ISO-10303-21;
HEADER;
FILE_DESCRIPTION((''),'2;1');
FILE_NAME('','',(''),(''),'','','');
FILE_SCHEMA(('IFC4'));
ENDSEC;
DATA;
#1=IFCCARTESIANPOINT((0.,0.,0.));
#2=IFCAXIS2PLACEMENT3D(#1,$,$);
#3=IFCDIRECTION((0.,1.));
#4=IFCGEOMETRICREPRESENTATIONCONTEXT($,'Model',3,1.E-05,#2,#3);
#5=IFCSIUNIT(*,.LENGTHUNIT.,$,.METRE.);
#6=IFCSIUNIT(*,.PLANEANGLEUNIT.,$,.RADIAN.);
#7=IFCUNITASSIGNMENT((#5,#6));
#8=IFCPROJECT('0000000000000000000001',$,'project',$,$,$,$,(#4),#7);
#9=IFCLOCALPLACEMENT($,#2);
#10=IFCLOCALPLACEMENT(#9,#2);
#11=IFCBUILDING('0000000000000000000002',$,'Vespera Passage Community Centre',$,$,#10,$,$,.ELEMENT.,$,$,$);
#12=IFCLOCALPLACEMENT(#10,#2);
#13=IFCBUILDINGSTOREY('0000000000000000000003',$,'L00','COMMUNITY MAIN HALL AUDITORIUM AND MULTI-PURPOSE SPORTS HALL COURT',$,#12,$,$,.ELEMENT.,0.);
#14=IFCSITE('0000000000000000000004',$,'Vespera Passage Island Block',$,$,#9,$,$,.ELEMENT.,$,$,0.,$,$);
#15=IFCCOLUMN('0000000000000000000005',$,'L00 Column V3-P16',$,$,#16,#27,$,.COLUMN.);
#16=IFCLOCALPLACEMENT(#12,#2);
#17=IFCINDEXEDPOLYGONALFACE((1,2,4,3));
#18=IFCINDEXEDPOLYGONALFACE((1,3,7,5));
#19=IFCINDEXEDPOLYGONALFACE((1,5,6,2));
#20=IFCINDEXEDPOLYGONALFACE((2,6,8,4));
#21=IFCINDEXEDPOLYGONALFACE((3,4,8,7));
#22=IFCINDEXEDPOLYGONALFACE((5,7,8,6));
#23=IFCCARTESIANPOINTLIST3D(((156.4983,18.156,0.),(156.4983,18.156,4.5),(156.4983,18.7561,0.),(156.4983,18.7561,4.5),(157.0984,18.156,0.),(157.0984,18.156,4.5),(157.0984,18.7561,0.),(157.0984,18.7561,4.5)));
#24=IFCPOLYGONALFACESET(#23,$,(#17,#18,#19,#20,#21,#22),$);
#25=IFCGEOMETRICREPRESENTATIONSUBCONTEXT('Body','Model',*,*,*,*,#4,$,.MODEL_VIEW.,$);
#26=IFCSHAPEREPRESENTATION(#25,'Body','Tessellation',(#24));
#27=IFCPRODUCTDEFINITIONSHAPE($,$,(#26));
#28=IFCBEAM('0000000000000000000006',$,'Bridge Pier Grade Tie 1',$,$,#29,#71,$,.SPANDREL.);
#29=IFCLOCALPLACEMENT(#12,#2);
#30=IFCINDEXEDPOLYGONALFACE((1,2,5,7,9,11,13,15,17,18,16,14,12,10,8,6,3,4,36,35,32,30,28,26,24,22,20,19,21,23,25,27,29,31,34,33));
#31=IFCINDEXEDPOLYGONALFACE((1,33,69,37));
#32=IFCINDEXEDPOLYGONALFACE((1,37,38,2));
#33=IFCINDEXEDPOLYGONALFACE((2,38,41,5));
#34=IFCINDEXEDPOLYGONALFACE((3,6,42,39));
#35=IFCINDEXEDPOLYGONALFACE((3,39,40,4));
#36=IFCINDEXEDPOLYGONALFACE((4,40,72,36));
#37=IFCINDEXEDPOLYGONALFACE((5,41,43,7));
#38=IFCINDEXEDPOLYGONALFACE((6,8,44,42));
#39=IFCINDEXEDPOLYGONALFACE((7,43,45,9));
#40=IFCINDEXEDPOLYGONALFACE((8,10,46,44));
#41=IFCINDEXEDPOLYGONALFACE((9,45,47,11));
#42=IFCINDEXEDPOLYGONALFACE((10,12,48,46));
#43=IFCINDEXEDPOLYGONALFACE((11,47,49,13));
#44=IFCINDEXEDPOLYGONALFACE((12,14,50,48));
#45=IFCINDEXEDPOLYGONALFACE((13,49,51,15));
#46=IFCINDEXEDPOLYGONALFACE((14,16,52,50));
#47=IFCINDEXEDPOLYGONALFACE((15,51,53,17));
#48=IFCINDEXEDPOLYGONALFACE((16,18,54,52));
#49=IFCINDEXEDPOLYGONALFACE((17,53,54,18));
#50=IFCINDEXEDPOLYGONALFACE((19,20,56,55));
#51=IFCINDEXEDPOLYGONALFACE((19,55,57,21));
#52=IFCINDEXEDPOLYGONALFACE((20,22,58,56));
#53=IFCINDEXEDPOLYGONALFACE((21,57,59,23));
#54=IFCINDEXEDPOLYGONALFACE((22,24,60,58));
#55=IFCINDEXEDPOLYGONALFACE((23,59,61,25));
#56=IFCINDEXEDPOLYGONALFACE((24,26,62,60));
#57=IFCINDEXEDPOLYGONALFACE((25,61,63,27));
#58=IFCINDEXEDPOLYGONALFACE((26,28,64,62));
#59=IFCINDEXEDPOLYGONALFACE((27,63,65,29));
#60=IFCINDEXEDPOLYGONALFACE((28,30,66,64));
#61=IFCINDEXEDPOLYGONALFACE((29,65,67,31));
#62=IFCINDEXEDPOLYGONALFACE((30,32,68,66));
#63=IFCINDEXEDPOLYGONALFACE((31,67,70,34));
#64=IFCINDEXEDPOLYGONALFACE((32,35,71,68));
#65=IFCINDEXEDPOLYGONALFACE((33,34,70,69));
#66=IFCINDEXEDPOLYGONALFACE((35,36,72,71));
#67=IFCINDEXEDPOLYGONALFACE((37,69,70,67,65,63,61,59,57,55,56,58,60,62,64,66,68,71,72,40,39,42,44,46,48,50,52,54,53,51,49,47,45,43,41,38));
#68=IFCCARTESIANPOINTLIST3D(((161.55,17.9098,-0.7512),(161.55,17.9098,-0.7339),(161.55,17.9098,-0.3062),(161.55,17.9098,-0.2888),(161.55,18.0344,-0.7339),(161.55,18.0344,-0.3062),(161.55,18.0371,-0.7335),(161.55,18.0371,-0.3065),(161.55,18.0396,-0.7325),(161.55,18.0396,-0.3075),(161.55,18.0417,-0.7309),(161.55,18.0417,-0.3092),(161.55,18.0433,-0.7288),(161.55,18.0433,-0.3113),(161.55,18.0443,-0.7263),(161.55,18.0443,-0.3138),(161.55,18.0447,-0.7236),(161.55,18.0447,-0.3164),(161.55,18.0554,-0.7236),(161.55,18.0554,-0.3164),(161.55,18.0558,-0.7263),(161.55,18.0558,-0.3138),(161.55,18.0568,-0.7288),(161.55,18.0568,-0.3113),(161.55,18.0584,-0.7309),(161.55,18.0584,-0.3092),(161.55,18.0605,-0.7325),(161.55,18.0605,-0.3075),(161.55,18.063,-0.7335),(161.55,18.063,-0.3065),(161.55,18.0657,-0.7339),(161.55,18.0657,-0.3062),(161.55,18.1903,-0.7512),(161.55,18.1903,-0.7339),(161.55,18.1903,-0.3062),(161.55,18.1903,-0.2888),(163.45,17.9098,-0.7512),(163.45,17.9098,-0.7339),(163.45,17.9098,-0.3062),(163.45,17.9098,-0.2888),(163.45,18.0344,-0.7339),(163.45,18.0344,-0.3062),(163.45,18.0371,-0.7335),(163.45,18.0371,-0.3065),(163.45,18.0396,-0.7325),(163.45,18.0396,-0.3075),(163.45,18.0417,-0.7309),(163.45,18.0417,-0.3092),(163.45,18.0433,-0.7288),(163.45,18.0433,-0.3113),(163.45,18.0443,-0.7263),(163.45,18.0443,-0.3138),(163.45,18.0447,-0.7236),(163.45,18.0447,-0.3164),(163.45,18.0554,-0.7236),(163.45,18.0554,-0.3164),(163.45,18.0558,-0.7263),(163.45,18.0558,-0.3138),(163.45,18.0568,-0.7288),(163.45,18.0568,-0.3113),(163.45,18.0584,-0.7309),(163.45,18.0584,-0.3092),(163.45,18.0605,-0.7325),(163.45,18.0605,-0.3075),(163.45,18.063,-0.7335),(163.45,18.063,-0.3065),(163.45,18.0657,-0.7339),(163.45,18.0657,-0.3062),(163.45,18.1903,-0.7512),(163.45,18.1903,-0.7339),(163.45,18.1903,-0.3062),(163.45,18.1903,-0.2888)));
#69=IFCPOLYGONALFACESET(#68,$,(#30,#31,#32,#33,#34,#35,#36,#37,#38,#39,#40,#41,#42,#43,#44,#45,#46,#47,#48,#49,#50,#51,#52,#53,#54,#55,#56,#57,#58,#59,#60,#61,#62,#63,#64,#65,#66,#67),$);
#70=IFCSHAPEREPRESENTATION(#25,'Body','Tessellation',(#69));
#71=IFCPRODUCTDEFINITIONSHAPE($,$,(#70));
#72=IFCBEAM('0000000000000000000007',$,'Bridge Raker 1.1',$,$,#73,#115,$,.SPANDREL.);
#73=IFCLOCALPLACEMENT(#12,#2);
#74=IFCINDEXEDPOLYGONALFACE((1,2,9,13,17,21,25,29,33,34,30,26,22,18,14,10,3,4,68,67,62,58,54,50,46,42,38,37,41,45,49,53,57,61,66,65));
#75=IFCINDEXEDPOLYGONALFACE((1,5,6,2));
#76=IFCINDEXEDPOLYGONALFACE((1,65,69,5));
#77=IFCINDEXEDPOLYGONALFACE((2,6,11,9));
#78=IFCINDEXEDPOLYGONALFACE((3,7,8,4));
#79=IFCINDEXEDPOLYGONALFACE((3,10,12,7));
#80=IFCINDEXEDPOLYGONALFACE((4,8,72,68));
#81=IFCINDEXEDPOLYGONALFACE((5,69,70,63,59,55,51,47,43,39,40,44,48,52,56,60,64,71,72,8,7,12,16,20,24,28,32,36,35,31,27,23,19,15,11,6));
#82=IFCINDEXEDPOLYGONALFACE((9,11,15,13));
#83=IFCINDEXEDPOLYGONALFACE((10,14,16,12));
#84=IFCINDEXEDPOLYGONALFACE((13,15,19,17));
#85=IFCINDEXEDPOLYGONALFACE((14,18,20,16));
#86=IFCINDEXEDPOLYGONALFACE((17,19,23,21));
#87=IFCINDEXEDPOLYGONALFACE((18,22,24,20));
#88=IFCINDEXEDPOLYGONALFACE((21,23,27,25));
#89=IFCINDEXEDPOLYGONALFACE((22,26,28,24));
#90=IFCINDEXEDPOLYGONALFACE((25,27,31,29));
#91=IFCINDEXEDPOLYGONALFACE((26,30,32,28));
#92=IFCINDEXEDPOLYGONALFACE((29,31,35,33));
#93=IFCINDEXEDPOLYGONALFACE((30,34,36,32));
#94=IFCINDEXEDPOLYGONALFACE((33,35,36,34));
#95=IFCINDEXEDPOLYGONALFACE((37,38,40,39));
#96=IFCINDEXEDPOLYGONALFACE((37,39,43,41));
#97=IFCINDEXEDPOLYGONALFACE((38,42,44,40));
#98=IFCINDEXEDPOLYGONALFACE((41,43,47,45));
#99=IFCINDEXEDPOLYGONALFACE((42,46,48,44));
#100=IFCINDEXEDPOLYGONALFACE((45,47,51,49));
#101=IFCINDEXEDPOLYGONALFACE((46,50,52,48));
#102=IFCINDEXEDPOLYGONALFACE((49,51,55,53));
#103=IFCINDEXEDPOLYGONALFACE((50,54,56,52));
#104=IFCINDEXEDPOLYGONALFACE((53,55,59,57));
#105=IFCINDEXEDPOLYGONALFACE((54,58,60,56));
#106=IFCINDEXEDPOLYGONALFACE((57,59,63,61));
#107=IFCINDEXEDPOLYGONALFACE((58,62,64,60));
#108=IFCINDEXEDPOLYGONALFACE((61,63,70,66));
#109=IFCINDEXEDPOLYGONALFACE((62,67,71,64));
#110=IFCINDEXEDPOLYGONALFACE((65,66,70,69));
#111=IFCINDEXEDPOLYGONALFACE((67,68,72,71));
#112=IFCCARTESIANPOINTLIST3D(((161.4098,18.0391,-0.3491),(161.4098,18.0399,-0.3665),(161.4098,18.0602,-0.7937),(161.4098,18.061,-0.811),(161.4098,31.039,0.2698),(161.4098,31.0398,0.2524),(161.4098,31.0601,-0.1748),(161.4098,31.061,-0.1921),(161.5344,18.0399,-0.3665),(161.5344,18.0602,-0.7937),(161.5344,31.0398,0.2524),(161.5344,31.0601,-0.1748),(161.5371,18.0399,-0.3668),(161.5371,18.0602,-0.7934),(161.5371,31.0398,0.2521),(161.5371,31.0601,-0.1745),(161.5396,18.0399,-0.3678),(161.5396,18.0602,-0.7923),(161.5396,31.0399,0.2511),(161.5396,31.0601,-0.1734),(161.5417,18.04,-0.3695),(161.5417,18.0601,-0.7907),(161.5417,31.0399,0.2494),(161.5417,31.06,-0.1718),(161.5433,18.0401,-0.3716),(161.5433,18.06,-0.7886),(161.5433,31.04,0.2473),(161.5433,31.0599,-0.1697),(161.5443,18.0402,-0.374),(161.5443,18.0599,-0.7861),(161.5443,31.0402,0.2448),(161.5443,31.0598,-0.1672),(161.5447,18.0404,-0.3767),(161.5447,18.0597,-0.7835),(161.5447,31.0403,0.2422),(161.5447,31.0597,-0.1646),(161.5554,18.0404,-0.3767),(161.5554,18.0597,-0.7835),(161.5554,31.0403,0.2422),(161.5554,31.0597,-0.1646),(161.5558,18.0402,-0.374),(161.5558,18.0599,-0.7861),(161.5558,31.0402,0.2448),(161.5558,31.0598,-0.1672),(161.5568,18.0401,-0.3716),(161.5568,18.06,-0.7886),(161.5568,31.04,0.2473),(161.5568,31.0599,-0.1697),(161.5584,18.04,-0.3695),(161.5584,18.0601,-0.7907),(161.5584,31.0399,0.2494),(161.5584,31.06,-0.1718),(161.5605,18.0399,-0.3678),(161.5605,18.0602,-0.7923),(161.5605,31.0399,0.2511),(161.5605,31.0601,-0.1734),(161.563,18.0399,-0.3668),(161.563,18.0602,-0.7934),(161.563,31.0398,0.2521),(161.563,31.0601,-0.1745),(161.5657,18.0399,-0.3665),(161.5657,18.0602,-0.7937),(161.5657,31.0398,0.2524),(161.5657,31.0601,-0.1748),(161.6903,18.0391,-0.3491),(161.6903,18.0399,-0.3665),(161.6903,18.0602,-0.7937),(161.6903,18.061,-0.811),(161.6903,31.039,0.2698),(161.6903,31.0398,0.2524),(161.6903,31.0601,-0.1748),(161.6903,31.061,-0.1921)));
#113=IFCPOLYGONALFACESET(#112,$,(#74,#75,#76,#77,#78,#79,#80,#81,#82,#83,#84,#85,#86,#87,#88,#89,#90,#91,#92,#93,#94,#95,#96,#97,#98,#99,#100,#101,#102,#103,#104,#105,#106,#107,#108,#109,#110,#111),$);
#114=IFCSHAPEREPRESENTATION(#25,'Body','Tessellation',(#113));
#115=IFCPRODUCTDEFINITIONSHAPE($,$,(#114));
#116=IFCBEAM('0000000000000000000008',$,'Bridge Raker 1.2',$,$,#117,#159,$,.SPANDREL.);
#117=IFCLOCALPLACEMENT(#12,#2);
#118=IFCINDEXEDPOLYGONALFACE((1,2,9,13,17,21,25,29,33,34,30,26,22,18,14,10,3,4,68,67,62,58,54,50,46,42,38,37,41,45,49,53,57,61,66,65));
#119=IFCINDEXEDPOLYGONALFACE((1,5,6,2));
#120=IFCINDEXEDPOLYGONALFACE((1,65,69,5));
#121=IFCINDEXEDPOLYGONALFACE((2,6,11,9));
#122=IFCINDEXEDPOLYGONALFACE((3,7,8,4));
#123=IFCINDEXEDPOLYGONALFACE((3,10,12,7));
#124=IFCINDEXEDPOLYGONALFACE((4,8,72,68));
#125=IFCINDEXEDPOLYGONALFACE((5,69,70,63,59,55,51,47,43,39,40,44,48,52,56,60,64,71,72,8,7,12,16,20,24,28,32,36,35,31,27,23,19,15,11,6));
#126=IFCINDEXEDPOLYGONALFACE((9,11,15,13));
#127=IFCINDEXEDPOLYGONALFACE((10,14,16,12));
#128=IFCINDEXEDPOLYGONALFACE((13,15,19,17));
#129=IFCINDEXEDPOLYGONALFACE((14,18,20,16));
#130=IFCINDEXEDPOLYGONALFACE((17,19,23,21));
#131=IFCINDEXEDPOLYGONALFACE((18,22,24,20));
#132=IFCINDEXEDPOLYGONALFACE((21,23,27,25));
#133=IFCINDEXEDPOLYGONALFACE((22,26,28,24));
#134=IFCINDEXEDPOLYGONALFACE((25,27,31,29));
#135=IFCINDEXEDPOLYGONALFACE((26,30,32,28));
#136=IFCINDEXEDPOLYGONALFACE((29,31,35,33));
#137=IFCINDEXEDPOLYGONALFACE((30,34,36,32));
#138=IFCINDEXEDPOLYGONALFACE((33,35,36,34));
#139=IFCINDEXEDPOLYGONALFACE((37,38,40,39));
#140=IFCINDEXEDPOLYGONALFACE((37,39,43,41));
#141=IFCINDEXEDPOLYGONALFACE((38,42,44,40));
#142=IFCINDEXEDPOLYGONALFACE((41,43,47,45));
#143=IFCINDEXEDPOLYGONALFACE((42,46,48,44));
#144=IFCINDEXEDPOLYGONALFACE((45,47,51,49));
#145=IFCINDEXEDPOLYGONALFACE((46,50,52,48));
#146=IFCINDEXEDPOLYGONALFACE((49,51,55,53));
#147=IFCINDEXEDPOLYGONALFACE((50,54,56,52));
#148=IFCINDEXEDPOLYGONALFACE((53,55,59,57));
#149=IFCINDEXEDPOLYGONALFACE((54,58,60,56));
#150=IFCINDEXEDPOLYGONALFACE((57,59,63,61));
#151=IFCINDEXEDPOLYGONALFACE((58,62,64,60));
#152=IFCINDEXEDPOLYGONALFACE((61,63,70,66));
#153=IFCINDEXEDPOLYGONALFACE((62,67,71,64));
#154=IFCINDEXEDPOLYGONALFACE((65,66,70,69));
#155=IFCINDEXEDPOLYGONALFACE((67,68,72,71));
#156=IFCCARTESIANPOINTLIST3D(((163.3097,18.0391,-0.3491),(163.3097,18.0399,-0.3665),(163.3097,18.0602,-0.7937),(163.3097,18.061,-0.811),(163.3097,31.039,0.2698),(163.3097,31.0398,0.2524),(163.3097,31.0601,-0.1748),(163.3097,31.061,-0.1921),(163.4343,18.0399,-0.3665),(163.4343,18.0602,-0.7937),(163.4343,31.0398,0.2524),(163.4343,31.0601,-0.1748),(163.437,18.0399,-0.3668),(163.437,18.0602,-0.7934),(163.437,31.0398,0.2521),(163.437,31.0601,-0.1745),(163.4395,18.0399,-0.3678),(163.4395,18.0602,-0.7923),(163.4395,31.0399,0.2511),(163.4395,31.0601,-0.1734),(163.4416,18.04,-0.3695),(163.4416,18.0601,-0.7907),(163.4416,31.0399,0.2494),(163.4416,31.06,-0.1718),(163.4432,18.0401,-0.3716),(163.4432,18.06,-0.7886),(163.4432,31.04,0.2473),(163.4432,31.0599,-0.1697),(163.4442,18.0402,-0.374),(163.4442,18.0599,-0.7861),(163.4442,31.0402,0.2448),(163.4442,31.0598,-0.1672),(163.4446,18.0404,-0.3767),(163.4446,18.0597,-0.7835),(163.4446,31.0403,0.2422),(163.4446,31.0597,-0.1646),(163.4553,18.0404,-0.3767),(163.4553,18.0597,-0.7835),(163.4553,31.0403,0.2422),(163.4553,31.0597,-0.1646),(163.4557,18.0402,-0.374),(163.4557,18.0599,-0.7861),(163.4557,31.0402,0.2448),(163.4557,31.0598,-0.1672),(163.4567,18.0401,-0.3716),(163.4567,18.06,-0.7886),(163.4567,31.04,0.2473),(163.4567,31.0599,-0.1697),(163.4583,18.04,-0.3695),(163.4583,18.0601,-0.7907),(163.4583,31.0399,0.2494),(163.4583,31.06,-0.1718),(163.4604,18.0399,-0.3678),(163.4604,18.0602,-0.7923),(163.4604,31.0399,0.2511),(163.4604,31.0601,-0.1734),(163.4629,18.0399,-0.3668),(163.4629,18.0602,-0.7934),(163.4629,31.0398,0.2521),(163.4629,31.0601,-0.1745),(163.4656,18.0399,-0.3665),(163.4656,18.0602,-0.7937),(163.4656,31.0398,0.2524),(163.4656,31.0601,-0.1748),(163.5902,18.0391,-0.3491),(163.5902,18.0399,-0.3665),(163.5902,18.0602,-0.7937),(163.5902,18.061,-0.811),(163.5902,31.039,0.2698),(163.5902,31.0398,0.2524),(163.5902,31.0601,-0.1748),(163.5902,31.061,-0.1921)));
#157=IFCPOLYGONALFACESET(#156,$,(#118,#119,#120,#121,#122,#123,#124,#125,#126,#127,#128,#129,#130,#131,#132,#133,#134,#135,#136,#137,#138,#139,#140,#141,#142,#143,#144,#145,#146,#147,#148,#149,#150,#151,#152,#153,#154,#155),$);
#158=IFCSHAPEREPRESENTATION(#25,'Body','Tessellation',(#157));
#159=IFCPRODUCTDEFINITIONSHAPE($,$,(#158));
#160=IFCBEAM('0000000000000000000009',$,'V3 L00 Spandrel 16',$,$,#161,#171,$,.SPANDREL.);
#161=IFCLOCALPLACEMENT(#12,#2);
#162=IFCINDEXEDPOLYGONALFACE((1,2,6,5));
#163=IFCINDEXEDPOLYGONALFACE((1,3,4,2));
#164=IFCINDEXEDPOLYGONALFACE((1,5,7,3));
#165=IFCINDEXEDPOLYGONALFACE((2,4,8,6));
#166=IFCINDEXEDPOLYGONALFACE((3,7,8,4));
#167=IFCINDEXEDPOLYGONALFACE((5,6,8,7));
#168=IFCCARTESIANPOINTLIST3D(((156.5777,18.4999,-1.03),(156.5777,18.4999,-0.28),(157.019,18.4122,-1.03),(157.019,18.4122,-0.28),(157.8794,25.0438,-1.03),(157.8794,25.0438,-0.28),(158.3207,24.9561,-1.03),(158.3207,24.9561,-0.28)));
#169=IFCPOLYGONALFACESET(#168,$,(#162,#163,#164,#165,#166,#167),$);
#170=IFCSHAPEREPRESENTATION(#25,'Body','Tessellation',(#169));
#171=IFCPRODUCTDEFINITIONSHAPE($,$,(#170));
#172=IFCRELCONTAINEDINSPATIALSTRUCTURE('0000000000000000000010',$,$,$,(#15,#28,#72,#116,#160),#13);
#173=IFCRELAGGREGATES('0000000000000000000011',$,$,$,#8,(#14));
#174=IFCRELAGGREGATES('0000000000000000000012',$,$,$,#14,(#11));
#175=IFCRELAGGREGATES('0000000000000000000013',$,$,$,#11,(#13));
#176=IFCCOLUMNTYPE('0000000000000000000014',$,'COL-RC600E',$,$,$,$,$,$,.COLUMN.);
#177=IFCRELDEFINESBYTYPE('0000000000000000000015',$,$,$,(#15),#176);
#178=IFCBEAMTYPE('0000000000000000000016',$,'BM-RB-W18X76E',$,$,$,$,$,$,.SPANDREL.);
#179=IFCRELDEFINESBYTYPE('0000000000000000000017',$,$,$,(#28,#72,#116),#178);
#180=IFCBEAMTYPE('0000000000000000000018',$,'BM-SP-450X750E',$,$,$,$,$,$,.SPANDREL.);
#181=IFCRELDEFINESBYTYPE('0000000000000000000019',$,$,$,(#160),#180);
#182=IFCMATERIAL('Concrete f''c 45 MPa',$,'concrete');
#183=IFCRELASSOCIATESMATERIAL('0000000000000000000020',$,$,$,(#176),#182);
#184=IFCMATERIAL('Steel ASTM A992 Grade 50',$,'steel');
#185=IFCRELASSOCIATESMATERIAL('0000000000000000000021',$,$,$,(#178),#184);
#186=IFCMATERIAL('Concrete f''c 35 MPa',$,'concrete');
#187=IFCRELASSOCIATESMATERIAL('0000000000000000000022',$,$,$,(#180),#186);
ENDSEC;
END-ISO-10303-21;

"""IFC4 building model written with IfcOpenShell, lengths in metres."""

from ifc_helpers import new_model, si_unit, direction, frame, origin, origin_2d, place, context, subcontext, project, spatial, rectangle, i_section, extrude, material, material_profile, profile_set, type_object, element, save


model = new_model("IFC4")

# Units and contexts
model_context = context("Model", 3, precision=1e-05, world=origin(), true_north=direction((0.0, 1.0)))
body_context = subcontext(model_context, "Body", "Model", "MODEL_VIEW")
ifc_project = project(units=[si_unit("LENGTHUNIT", "METRE"), si_unit("PLANEANGLEUNIT", "RADIAN")], contexts=[model_context])

# Site, building, storey
site_placement = place(None, origin())
site = spatial("IfcSite", under=ifc_project, at=site_placement, Name="Vespera Passage Island Block", CompositionType="ELEMENT", RefElevation=0.0)
building_placement = place(site_placement, origin())
building = spatial("IfcBuilding", under=site, at=building_placement, Name="Vespera Passage Community Centre", CompositionType="ELEMENT")
storey_placement = place(building_placement, origin())
storey = spatial("IfcBuildingStorey", under=building, at=storey_placement, Name="L00", Description="COMMUNITY MAIN HALL AUDITORIUM AND MULTI-PURPOSE SPORTS HALL COURT", CompositionType="ELEMENT", Elevation=0.0)

# Column
ifc_material_1 = material(Name="Concrete f'c 45 MPa", Category="concrete")
ifc_material_profile_1 = material_profile(ifc_material_1, rectangle(XDim=0.6001, YDim=0.6001, at=origin_2d()), Name="RC600X600")
ifc_profile_set_1 = profile_set([ifc_material_profile_1], Name="Concrete f'c 45 MPa")
column_type = type_object("IfcColumnType", Name="COL-RC600E", PredefinedType="COLUMN", material=ifc_profile_set_1)
column_placement = place(storey_placement, frame((156.7983, 18.4561, 0.0), z_axis=(0.0, 0.0, 1.0), x_axis=(1.0, 0.0, 0.0)))
element("IfcColumn", 1, at=column_placement, inside=storey, type_object=column_type, Name="L00 Column V3-P16", PredefinedType="COLUMN", context=body_context, shape_type="SweptSolid", body=[
    extrude(rectangle(XDim=0.6001, YDim=0.6001, at=origin_2d()), origin(), (0.0, 0.0, 1.0), 4.5),
])

# Beams
ifc_material_2 = material(Name="Steel ASTM A992 Grade 50", Category="steel")
ifc_material_profile_2 = material_profile(ifc_material_2, i_section(OverallWidth=0.2805, OverallDepth=0.4624, WebThickness=0.0107, FlangeThickness=0.0173, FilletRadius=0.0103, at=origin_2d()), Name="W18X76")
ifc_profile_set_2 = profile_set([ifc_material_profile_2], Name="Steel ASTM A992 Grade 50")
beam_type_1 = type_object("IfcBeamType", Name="BM-RB-W18X76E", PredefinedType="SPANDREL", material=ifc_profile_set_2)
beam_1_placement = place(storey_placement, frame((161.55, 18.05, -0.52), z_axis=(1.0, 0.0, 0.0), x_axis=(0.0, 1.0, 0.0)))
element("IfcBeam", 2, at=beam_1_placement, inside=storey, type_object=beam_type_1, Name="Bridge Pier Grade Tie 1", PredefinedType="SPANDREL", context=body_context, shape_type="SweptSolid", body=[
    extrude(i_section(OverallWidth=0.2805, OverallDepth=0.4624, WebThickness=0.0107, FlangeThickness=0.0173, FilletRadius=0.0103, at=origin_2d()), origin(), (0.0, 0.0, 1.0), 1.8999),
])
for number, where, z_axis, x_axis, name in (
    (3, (161.55, 18.05, -0.5801), (0.0, 0.998869, 0.047554), (-1.0, 0.0, 0.0), "Bridge Raker 1.1"),
    (4, (163.45, 18.05, -0.5801), (0.0, 0.998869, 0.047554), (-1.0, 0.0, 0.0), "Bridge Raker 1.2"),
):
    element("IfcBeam", number, at=place(storey_placement, frame(where, z_axis=z_axis, x_axis=x_axis)), inside=storey, type_object=beam_type_1, Name=name, PredefinedType="SPANDREL", context=body_context, shape_type="SweptSolid", body=[
        extrude(i_section(OverallWidth=0.2805, OverallDepth=0.4624, WebThickness=0.0107, FlangeThickness=0.0173, FilletRadius=0.0103, at=origin_2d()), origin(), (0.0, 0.0, 1.0), 13.0146),
    ])
ifc_material_3 = material(Name="Concrete f'c 35 MPa", Category="concrete")
ifc_material_profile_3 = material_profile(ifc_material_3, rectangle(XDim=0.45, YDim=0.75, at=origin_2d()), Name="RC450X750")
ifc_profile_set_3 = profile_set([ifc_material_profile_3], Name="Concrete f'c 35 MPa")
beam_type_2 = type_object("IfcBeamType", Name="BM-SP-450X750E", PredefinedType="SPANDREL", material=ifc_profile_set_3)
beam_2_placement = place(storey_placement, frame((156.7983, 18.4561, -0.655), z_axis=(0.195103, 0.980783, 0.0), x_axis=(-0.980783, 0.195103, 0.0)))
element("IfcBeam", 5, at=beam_2_placement, inside=storey, type_object=beam_type_2, Name="V3 L00 Spandrel 16", PredefinedType="SPANDREL", context=body_context, shape_type="SweptSolid", body=[
    extrude(rectangle(XDim=0.45, YDim=0.75, at=origin_2d()), origin(), (0.0, 0.0, 1.0), 6.6721),
])

save(model, "model.ifc")
